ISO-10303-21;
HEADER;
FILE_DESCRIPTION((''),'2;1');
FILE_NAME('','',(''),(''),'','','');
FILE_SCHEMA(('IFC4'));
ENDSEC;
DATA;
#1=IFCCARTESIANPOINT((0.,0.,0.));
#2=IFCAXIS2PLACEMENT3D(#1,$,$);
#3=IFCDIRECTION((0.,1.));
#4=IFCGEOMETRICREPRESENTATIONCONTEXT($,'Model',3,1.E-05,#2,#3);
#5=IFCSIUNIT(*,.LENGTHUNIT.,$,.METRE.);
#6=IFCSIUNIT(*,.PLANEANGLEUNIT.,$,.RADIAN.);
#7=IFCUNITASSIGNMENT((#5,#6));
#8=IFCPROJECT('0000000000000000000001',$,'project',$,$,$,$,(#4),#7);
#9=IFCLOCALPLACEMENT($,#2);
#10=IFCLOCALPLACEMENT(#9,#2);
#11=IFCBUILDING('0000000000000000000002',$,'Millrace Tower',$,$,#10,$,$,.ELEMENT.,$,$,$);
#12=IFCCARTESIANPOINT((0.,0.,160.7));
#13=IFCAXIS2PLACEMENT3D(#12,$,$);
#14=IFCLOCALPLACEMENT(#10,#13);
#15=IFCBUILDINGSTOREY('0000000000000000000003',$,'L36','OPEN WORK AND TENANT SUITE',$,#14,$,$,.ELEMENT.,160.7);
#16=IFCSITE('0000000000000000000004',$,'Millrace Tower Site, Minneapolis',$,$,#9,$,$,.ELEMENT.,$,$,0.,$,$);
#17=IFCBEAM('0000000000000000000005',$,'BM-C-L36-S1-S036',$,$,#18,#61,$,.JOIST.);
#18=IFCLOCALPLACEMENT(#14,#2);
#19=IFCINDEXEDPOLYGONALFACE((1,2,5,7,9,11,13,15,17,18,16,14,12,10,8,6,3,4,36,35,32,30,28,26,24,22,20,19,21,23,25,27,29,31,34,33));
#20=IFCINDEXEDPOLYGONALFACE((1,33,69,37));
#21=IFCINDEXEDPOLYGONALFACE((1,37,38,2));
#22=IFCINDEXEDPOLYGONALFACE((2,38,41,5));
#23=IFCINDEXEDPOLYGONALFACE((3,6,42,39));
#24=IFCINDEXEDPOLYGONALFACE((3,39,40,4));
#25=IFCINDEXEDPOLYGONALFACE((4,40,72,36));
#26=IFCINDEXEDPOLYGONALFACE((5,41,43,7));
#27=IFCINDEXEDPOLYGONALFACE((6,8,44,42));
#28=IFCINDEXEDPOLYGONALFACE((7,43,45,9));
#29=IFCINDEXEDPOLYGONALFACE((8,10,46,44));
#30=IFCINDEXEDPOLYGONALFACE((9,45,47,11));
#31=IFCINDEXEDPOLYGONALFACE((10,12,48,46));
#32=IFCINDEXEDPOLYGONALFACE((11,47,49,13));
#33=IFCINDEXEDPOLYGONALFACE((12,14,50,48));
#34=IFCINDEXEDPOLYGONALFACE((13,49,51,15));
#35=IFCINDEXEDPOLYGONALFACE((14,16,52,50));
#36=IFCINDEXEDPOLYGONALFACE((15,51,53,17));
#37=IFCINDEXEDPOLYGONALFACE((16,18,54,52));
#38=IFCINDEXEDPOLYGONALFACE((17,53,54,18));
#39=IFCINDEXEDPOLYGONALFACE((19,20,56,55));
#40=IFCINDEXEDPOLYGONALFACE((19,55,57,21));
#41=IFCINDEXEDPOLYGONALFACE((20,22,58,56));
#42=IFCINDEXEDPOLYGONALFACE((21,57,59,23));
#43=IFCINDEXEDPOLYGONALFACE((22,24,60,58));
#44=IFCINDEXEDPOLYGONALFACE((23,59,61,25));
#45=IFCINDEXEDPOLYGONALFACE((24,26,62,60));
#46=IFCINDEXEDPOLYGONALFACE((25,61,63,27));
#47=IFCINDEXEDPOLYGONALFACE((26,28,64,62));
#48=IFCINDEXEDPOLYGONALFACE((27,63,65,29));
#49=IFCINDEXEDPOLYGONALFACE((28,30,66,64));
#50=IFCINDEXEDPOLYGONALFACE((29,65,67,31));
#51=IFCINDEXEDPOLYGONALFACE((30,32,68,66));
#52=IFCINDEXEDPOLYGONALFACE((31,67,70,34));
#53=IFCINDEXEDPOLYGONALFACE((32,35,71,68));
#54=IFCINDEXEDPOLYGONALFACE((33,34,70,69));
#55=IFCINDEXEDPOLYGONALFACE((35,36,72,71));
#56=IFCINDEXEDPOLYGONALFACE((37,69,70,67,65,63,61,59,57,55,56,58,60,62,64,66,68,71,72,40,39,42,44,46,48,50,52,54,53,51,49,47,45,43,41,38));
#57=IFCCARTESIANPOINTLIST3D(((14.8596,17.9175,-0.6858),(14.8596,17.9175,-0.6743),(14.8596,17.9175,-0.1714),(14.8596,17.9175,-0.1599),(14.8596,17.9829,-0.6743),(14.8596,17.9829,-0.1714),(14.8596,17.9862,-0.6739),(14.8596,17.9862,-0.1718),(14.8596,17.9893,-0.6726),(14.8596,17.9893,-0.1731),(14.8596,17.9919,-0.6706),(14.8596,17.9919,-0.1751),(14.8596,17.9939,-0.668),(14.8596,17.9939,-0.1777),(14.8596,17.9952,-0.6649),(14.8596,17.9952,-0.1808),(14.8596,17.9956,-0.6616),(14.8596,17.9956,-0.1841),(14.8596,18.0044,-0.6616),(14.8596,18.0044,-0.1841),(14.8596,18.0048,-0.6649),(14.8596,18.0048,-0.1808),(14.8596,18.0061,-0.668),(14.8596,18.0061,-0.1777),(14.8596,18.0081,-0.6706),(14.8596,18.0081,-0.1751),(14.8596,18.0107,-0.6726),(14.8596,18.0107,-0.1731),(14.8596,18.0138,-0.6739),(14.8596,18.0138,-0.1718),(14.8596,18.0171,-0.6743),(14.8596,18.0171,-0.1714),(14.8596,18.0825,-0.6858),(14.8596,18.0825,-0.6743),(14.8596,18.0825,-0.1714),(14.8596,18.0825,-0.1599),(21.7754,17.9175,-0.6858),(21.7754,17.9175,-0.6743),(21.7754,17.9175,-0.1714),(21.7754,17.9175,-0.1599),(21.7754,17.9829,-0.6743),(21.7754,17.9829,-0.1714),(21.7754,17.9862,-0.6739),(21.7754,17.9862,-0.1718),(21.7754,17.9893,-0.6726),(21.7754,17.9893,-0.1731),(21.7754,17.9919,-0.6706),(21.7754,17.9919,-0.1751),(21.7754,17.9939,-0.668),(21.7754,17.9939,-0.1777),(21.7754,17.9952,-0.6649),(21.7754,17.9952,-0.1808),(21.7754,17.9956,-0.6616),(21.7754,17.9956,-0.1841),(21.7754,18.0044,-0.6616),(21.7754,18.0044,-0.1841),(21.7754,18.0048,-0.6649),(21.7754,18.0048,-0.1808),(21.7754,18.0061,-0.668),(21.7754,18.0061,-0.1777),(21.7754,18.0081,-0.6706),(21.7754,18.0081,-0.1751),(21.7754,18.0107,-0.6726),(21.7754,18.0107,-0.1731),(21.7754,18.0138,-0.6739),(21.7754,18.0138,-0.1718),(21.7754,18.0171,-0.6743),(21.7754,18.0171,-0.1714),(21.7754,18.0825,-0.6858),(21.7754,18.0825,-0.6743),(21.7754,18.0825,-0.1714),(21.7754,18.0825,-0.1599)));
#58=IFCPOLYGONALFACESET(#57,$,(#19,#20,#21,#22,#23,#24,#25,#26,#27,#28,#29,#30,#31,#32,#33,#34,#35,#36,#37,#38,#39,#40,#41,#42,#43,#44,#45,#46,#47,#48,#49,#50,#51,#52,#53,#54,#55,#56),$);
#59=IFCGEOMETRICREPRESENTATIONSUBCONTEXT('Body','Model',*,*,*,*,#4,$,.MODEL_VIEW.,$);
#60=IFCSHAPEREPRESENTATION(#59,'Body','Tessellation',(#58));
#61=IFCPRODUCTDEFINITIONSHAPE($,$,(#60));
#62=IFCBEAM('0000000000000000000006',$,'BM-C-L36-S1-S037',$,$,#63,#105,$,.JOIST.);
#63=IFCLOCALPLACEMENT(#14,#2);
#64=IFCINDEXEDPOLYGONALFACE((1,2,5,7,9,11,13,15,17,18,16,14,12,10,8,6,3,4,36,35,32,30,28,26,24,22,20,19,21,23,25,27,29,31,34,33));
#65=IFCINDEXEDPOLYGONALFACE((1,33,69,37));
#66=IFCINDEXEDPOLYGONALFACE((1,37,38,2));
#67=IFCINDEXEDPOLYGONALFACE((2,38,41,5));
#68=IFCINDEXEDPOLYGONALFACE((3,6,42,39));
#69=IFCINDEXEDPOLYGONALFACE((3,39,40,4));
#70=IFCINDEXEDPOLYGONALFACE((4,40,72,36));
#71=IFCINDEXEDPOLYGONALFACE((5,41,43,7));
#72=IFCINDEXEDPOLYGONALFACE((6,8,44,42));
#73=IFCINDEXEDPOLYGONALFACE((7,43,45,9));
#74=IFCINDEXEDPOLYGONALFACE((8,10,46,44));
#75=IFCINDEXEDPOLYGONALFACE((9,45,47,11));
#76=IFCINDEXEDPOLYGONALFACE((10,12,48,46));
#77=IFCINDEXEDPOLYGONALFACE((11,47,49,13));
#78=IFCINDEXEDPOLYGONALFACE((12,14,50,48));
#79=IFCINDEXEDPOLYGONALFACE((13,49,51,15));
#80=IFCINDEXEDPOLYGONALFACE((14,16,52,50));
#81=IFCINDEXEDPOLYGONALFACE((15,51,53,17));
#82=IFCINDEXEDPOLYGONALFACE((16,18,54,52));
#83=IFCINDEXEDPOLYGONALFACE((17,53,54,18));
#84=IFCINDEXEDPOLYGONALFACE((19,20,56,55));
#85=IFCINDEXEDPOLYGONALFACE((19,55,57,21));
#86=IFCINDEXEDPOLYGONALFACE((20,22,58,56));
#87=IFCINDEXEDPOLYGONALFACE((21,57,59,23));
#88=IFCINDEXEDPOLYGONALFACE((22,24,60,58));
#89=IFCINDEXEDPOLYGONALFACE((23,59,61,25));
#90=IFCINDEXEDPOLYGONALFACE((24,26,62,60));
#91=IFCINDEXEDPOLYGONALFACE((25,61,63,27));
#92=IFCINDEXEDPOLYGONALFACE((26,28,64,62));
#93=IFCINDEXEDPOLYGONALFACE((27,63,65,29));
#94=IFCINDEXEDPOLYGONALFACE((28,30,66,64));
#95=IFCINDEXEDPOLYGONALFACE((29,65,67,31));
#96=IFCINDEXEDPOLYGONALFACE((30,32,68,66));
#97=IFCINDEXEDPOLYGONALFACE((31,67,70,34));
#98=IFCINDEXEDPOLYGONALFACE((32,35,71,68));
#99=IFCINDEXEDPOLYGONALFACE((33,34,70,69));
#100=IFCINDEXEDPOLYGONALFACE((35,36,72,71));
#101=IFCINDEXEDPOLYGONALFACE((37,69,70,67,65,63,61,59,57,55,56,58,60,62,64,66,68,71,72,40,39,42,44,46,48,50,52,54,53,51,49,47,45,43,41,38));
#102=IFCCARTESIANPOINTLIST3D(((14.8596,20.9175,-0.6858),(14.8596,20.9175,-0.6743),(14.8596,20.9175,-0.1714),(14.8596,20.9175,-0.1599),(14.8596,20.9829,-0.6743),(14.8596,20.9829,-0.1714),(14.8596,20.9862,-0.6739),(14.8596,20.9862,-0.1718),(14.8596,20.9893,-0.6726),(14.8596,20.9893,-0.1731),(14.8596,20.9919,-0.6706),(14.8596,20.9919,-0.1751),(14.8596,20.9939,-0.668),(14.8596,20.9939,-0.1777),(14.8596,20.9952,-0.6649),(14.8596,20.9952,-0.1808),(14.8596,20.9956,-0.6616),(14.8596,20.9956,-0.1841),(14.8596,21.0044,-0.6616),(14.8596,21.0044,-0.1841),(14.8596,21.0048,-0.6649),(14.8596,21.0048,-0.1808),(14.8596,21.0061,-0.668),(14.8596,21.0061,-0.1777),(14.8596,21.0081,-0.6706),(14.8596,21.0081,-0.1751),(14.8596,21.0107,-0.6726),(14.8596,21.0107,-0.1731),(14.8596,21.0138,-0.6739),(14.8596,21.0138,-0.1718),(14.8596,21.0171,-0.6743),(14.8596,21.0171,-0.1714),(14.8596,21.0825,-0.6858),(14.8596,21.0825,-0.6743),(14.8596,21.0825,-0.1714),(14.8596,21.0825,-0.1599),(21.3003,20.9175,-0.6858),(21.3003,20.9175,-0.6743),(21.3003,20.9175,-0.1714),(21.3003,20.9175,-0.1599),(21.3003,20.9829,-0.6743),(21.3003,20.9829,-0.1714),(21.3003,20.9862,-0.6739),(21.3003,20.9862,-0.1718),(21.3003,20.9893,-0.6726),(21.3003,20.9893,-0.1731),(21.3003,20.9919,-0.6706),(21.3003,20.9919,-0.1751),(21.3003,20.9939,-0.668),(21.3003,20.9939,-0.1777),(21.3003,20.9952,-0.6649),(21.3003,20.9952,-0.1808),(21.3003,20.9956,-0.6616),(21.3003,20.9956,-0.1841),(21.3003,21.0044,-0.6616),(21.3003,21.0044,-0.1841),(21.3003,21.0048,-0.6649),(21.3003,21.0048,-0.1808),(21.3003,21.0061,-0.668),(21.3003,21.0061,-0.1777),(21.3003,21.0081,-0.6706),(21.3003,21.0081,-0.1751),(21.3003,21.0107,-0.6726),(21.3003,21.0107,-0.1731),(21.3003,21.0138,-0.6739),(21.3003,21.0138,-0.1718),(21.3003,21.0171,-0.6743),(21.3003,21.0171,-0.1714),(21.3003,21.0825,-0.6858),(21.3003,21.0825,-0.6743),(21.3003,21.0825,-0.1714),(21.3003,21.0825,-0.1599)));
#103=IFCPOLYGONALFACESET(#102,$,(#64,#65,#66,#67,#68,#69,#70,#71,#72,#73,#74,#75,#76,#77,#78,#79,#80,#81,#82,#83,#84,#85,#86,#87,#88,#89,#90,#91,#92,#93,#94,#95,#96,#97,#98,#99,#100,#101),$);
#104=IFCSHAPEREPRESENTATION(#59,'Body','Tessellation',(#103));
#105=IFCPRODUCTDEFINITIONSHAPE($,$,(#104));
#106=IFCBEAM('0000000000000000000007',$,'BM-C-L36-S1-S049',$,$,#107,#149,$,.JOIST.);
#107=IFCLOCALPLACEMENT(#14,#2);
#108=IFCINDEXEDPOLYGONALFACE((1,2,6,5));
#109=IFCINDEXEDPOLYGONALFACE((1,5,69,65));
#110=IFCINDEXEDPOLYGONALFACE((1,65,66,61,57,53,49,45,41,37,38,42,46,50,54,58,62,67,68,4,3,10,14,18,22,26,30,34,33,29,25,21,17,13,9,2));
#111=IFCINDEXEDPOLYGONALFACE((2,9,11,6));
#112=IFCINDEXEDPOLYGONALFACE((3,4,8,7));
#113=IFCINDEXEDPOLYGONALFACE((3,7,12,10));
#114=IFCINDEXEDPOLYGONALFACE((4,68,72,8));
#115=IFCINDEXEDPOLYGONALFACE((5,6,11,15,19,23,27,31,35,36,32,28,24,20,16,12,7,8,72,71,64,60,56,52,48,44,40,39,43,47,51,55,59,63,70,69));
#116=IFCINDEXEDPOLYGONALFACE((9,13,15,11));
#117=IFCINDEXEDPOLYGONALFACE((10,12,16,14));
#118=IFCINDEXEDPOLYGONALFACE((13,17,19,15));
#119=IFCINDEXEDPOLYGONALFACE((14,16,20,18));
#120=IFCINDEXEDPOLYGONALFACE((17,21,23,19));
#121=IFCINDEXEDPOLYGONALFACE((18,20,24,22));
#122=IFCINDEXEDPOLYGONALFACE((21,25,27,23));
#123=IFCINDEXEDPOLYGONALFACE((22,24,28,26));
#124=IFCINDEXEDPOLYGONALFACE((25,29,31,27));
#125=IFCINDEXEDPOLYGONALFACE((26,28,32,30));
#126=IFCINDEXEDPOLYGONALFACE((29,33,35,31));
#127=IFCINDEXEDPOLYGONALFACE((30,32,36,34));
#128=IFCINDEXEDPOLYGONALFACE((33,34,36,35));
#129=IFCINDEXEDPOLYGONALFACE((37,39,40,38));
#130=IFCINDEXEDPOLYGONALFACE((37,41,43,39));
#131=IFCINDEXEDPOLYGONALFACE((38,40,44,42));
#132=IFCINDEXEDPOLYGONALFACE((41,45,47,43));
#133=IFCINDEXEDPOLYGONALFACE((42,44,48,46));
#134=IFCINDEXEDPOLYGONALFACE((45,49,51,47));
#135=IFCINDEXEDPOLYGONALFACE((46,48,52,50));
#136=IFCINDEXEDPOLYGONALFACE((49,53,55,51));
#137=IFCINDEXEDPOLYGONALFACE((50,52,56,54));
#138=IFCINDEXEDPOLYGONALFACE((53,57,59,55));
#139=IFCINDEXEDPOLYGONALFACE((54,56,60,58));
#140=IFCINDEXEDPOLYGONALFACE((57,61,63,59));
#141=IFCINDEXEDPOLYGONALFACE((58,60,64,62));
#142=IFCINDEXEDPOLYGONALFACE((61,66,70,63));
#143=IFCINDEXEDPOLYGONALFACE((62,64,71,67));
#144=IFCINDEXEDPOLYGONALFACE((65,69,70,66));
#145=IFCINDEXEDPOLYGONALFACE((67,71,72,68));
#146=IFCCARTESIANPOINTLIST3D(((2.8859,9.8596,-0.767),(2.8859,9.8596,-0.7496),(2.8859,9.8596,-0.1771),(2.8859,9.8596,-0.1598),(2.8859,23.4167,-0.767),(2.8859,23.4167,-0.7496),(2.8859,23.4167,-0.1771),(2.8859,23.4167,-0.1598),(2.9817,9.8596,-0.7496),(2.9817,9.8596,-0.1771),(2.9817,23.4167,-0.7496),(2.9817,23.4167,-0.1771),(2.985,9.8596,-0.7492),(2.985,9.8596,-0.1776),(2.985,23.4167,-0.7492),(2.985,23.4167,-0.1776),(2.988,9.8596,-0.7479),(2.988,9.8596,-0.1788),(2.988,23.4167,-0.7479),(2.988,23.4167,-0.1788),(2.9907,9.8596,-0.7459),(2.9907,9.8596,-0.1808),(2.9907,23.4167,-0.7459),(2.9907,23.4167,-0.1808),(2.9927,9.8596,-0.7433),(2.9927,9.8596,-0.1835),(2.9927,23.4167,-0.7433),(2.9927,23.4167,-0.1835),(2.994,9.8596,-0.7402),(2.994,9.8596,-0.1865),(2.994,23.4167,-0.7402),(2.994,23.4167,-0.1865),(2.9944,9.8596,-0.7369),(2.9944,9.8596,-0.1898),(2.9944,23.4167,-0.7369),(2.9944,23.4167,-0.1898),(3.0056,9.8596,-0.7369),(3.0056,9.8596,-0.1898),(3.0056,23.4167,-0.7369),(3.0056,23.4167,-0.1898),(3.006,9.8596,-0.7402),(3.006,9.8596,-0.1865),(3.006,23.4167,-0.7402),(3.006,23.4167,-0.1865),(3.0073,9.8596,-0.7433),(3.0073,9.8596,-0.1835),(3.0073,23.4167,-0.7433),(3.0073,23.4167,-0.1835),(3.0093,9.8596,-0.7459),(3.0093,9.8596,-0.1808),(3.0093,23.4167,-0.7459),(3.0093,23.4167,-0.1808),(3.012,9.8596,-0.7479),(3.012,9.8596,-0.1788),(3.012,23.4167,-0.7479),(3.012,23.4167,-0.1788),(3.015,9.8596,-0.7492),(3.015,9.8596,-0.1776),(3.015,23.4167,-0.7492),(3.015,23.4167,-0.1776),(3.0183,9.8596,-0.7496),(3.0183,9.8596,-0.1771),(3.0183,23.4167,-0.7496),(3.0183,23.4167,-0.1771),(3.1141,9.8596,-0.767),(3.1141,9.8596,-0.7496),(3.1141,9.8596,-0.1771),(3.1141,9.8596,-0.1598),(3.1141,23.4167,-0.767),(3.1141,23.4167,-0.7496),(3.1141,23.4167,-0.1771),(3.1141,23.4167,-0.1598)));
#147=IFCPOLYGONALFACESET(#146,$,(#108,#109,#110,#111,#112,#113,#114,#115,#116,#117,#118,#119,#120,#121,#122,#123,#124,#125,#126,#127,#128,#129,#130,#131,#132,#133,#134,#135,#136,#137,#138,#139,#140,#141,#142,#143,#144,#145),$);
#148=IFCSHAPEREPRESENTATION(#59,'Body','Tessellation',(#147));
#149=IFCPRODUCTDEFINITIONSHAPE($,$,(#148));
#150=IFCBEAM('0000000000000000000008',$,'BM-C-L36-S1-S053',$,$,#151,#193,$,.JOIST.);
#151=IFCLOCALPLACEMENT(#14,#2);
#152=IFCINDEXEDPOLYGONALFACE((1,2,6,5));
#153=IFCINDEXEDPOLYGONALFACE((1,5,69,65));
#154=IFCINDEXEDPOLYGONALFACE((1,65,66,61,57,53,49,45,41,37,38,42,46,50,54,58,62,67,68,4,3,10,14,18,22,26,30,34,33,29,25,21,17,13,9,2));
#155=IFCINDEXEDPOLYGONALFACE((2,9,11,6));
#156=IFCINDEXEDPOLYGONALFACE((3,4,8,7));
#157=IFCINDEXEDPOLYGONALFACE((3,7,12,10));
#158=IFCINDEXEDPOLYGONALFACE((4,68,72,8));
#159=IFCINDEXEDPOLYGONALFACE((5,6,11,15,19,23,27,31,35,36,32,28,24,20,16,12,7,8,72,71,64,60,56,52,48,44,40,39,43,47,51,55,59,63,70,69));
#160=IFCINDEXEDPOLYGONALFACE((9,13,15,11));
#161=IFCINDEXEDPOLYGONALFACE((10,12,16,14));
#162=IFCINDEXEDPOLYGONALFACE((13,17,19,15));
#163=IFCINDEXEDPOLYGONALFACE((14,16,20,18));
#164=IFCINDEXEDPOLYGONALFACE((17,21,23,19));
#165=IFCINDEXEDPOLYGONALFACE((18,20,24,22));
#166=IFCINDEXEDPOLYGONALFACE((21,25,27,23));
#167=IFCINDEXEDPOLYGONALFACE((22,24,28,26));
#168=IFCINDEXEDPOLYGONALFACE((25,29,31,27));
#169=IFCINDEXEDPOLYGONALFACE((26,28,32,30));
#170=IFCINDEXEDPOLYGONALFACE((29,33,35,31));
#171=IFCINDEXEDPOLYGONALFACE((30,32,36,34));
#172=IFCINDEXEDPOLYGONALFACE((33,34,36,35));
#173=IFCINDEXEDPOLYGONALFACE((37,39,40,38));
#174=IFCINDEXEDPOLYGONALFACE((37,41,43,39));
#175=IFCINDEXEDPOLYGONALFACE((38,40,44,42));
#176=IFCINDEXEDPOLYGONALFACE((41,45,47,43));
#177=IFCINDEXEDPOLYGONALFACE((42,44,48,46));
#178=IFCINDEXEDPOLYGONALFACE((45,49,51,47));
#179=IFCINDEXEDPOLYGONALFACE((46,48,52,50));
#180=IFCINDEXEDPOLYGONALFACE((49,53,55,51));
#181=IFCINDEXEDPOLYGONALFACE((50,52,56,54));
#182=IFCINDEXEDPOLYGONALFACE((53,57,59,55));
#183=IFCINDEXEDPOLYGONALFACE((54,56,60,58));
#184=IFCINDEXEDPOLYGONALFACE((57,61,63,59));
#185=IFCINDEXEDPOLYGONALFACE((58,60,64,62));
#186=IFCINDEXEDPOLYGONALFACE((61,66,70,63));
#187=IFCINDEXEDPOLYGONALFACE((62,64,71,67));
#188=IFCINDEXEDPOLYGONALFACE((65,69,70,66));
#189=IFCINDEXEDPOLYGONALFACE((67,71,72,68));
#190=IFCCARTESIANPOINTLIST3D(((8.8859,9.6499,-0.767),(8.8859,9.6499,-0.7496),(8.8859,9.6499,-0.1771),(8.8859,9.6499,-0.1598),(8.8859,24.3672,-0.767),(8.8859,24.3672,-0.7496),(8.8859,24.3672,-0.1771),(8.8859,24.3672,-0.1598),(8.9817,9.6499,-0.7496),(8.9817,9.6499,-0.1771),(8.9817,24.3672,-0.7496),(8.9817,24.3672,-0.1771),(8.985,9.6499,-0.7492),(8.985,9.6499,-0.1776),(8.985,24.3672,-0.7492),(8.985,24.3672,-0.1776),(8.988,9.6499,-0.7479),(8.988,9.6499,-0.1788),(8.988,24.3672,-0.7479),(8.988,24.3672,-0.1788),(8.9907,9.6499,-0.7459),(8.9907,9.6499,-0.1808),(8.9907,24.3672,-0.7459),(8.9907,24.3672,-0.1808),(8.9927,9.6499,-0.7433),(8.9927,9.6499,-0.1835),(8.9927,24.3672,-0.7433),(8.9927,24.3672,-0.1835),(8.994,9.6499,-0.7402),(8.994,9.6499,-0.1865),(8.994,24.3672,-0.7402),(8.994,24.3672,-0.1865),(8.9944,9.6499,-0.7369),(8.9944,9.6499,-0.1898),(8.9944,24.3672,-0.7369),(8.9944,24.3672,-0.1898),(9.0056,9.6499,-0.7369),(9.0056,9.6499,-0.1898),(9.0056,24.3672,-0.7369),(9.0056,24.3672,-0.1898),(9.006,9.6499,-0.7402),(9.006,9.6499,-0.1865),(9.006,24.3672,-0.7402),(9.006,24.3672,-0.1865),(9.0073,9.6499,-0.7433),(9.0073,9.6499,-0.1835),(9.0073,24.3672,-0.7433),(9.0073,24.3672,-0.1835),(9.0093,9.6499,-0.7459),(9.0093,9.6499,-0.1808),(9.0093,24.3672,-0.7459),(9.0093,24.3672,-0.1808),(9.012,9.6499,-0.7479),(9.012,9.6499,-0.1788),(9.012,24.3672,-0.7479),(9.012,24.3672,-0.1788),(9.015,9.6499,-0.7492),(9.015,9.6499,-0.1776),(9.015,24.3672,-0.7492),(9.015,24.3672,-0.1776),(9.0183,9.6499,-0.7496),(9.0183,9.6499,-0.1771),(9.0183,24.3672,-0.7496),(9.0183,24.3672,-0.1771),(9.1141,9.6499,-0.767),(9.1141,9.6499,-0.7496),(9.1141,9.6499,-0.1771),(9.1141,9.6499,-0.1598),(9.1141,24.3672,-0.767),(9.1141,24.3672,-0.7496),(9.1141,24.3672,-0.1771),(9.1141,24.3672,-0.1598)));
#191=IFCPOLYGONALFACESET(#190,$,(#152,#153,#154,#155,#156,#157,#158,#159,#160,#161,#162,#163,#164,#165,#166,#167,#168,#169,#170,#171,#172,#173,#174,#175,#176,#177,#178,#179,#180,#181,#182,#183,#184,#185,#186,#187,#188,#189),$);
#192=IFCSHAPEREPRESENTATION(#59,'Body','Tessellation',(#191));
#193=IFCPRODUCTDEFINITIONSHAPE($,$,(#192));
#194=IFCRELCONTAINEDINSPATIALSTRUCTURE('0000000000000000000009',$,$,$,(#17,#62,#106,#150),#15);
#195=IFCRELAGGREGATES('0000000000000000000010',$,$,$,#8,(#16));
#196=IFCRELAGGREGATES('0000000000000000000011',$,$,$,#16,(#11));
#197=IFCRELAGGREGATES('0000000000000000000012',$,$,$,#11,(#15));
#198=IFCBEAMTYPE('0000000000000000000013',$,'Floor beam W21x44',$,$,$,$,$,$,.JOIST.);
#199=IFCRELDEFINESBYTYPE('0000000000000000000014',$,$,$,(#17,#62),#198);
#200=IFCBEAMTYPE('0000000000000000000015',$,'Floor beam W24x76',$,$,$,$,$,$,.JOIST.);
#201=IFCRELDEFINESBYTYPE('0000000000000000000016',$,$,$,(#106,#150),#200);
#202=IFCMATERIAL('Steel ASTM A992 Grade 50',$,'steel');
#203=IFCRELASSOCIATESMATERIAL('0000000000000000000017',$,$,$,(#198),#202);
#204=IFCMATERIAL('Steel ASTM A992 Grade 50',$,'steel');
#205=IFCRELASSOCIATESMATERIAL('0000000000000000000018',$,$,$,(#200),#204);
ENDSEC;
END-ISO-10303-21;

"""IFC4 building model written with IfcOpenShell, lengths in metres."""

from ifc_helpers import new_model, si_unit, direction, frame, origin, origin_2d, place, context, subcontext, project, spatial, i_section, extrude, material, material_profile, profile_set, type_object, element, save


model = new_model("IFC4")

# Units and contexts
model_context = context("Model", 3, precision=1e-05, world=origin(), true_north=direction((0.0, 1.0)))
body_context = subcontext(model_context, "Body", "Model", "MODEL_VIEW")
ifc_project = project(units=[si_unit("LENGTHUNIT", "METRE"), si_unit("PLANEANGLEUNIT", "RADIAN")], contexts=[model_context])

# Site, building, storey
site_placement = place(None, origin())
site = spatial("IfcSite", under=ifc_project, at=site_placement, Name="Millrace Tower Site, Minneapolis", CompositionType="ELEMENT", RefElevation=0.0)
building_placement = place(site_placement, origin())
building = spatial("IfcBuilding", under=site, at=building_placement, Name="Millrace Tower", CompositionType="ELEMENT")
storey_placement = place(building_placement, frame((0.0, 0.0, 160.7)))
storey = spatial("IfcBuildingStorey", under=building, at=storey_placement, Name="L36", Description="OPEN WORK AND TENANT SUITE", CompositionType="ELEMENT", Elevation=160.7)

# Beams
ifc_material_1 = material(Name="Steel ASTM A992 Grade 50", Category="steel")
ifc_material_profile_1 = material_profile(ifc_material_1, i_section(OverallWidth=0.165, OverallDepth=0.5259, WebThickness=0.0088, FlangeThickness=0.0115, FilletRadius=0.0127, at=origin_2d()))
ifc_profile_set_1 = profile_set([ifc_material_profile_1], Name="Steel ASTM A992 Grade 50")
beam_type_1 = type_object("IfcBeamType", Name="Floor beam W21x44", PredefinedType="JOIST", material=ifc_profile_set_1)
beam_1_placement = place(storey_placement, frame((14.8596, 18.0, -0.4229), z_axis=(1.0, 0.0, 0.0), x_axis=(0.0, 1.0, 0.0)))
element("IfcBeam", 1, at=beam_1_placement, inside=storey, type_object=beam_type_1, Name="BM-C-L36-S1-S036", PredefinedType="JOIST", context=body_context, shape_type="SweptSolid", body=[
    extrude(i_section(OverallWidth=0.165, OverallDepth=0.5259, WebThickness=0.0088, FlangeThickness=0.0115, FilletRadius=0.0127, at=origin_2d()), origin(), (0.0, 0.0, 1.0), 6.9158),
])
beam_2_placement = place(storey_placement, frame((14.8596, 21.0, -0.4229), z_axis=(1.0, 0.0, 0.0), x_axis=(0.0, 1.0, 0.0)))
element("IfcBeam", 2, at=beam_2_placement, inside=storey, type_object=beam_type_1, Name="BM-C-L36-S1-S037", PredefinedType="JOIST", context=body_context, shape_type="SweptSolid", body=[
    extrude(i_section(OverallWidth=0.165, OverallDepth=0.5259, WebThickness=0.0088, FlangeThickness=0.0115, FilletRadius=0.0127, at=origin_2d()), origin(), (0.0, 0.0, 1.0), 6.4407),
])
ifc_material_2 = material(Name="Steel ASTM A992 Grade 50", Category="steel")
ifc_material_profile_2 = material_profile(ifc_material_2, i_section(OverallWidth=0.2283, OverallDepth=0.6072, WebThickness=0.0112, FlangeThickness=0.0173, FilletRadius=0.0127, at=origin_2d()))
ifc_profile_set_2 = profile_set([ifc_material_profile_2], Name="Steel ASTM A992 Grade 50")
beam_type_2 = type_object("IfcBeamType", Name="Floor beam W24x76", PredefinedType="JOIST", material=ifc_profile_set_2)
beam_3_placement = place(storey_placement, frame((3.0, 9.8596, -0.4634), z_axis=(0.0, 1.0, 0.0), x_axis=(-1.0, 0.0, 0.0)))
element("IfcBeam", 3, at=beam_3_placement, inside=storey, type_object=beam_type_2, Name="BM-C-L36-S1-S049", PredefinedType="JOIST", context=body_context, shape_type="SweptSolid", body=[
    extrude(i_section(OverallWidth=0.2283, OverallDepth=0.6072, WebThickness=0.0112, FlangeThickness=0.0173, FilletRadius=0.0127, at=origin_2d()), origin(), (0.0, 0.0, 1.0), 13.5571),
])
beam_4_placement = place(storey_placement, frame((9.0, 9.6499, -0.4634), z_axis=(0.0, 1.0, 0.0), x_axis=(-1.0, 0.0, 0.0)))
element("IfcBeam", 4, at=beam_4_placement, inside=storey, type_object=beam_type_2, Name="BM-C-L36-S1-S053", PredefinedType="JOIST", context=body_context, shape_type="SweptSolid", body=[
    extrude(i_section(OverallWidth=0.2283, OverallDepth=0.6072, WebThickness=0.0112, FlangeThickness=0.0173, FilletRadius=0.0127, at=origin_2d()), origin(), (0.0, 0.0, 1.0), 14.7173),
])

save(model, "model.ifc")
